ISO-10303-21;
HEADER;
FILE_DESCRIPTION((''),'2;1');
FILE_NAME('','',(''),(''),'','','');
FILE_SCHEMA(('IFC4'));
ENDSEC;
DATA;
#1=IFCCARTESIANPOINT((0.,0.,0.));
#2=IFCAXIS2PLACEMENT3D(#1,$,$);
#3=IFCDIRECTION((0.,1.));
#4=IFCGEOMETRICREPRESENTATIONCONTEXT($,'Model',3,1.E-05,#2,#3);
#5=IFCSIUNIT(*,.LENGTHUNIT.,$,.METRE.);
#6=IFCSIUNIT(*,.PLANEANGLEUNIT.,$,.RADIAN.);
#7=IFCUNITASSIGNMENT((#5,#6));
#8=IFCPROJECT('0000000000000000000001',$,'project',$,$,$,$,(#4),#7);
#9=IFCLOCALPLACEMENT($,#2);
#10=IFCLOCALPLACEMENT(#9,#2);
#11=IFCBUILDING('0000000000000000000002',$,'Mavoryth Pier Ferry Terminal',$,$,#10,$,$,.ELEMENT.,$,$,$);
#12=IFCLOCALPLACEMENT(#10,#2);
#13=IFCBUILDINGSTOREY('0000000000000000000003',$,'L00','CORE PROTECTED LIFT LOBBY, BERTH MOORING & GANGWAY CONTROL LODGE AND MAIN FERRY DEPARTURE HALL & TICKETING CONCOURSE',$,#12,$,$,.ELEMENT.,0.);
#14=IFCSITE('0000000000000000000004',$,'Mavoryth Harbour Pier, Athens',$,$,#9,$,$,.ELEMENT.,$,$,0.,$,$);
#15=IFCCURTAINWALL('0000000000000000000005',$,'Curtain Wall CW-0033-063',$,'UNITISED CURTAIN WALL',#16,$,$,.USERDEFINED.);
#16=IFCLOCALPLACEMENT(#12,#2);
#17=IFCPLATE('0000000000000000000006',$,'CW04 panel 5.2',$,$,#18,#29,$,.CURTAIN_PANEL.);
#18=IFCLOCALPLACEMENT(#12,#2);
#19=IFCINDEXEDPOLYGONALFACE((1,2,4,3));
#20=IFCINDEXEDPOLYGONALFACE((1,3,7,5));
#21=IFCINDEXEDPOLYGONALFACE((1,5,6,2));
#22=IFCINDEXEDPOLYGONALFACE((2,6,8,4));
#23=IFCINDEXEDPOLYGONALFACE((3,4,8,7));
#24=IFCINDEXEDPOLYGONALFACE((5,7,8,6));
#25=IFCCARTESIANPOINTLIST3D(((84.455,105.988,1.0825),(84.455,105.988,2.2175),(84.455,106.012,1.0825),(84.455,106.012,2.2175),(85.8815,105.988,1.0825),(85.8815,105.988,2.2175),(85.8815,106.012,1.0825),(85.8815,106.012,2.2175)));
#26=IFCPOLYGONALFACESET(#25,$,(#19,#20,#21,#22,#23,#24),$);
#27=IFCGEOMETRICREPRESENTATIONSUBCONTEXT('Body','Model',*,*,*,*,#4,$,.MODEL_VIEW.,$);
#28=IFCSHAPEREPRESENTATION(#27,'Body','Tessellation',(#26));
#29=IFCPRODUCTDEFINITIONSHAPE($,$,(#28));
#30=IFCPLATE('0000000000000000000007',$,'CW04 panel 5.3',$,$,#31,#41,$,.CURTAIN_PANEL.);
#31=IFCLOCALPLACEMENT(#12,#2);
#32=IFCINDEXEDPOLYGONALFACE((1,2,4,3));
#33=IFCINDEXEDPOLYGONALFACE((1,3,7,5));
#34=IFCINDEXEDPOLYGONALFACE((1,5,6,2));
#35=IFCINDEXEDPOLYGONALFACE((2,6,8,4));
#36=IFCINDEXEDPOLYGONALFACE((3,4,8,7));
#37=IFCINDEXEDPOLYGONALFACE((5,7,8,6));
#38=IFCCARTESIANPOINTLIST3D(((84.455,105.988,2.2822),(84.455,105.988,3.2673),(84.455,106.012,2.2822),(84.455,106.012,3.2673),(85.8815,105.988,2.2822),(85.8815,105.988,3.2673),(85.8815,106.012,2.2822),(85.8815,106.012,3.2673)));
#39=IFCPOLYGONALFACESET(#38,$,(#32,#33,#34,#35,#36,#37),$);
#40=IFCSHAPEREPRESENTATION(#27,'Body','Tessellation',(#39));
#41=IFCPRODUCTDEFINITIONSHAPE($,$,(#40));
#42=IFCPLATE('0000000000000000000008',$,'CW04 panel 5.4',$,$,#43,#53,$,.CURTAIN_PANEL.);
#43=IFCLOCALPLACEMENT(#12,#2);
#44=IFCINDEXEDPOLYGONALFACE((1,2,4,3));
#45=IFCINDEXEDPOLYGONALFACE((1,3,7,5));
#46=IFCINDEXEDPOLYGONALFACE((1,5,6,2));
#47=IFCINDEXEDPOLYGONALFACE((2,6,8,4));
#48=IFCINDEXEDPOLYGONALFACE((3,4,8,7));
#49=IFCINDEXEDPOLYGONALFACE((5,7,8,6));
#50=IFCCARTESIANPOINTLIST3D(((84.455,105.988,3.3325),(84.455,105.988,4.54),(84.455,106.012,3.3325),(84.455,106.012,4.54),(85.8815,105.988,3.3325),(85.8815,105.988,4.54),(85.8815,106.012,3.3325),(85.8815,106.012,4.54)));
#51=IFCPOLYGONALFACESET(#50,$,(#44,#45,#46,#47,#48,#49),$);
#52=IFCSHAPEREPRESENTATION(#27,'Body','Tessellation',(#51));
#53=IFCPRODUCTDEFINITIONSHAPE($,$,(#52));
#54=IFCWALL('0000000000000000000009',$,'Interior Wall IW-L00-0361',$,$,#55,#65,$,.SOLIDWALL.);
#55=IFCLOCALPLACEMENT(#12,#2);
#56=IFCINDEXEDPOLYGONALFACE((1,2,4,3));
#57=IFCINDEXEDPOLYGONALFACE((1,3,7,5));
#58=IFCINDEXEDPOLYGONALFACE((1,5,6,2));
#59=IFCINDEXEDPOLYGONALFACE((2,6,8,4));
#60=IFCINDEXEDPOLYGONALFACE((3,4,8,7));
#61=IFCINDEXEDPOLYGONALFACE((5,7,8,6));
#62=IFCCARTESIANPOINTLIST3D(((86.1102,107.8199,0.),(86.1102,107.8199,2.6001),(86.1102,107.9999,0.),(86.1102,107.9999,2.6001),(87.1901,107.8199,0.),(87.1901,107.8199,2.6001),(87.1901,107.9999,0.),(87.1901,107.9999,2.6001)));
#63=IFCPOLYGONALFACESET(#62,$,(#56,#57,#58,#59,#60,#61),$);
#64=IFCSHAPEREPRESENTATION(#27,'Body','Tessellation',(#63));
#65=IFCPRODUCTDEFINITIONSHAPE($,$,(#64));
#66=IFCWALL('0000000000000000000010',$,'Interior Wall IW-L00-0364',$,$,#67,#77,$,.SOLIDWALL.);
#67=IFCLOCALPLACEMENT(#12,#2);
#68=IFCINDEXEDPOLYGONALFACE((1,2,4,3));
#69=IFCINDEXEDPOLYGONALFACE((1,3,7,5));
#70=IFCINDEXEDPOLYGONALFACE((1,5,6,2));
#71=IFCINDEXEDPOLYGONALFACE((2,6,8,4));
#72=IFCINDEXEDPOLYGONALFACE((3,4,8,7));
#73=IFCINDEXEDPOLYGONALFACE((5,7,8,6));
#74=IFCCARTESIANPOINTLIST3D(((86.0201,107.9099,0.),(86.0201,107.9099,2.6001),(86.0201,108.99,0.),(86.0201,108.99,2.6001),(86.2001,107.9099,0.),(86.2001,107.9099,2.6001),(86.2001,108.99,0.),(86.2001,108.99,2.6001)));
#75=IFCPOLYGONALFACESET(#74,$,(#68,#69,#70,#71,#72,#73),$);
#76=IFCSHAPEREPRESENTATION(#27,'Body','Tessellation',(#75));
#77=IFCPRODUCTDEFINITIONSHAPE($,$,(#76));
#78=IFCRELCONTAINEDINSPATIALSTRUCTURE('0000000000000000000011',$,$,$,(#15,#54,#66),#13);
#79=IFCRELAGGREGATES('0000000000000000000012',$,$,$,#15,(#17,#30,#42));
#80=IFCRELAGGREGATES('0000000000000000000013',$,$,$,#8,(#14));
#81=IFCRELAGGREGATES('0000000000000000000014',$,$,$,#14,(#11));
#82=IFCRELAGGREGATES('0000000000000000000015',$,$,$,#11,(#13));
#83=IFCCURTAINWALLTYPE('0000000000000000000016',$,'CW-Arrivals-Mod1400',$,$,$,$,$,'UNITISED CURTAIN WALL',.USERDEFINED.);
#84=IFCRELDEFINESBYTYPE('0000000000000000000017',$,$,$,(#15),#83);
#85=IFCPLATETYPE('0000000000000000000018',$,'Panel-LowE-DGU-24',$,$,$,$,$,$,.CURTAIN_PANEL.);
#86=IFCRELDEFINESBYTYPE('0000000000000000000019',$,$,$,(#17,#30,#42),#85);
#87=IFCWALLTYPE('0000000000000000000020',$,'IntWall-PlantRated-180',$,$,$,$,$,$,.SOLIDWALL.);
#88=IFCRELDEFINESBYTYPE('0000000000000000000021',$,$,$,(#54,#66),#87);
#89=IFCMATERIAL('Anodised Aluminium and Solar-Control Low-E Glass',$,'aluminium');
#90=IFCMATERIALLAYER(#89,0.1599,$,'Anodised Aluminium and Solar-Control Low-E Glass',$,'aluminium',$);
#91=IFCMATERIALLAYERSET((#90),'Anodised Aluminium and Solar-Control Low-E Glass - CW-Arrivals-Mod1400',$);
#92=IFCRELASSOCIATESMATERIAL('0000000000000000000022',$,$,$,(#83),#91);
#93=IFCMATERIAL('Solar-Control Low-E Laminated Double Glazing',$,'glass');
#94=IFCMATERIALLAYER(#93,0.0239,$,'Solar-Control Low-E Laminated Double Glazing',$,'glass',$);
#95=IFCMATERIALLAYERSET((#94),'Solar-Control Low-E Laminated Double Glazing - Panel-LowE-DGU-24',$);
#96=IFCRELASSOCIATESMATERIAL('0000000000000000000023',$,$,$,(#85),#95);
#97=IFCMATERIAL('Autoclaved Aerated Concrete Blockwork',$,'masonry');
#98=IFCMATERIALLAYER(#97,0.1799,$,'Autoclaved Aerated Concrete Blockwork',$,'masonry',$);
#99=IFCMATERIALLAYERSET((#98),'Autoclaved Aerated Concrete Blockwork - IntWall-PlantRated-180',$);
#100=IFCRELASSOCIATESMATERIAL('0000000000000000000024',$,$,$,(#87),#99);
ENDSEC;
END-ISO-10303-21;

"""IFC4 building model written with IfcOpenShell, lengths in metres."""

from ifc_helpers import new_model, si_unit, direction, frame, frame_2d, origin, origin_2d, place, context, subcontext, project, spatial, rectangle, extrude, material, layer, layer_set, type_object, element, aggregate, save


model = new_model("IFC4")

# Units and contexts
model_context = context("Model", 3, precision=1e-05, world=origin(), true_north=direction((0.0, 1.0)))
body_context = subcontext(model_context, "Body", "Model", "MODEL_VIEW")
ifc_project = project(units=[si_unit("LENGTHUNIT", "METRE"), si_unit("PLANEANGLEUNIT", "RADIAN")], contexts=[model_context])

# Site, building, storey
site_placement = place(None, origin())
site = spatial("IfcSite", under=ifc_project, at=site_placement, Name="Mavoryth Harbour Pier, Athens", CompositionType="ELEMENT", RefElevation=0.0)
building_placement = place(site_placement, origin())
building = spatial("IfcBuilding", under=site, at=building_placement, Name="Mavoryth Pier Ferry Terminal", CompositionType="ELEMENT")
storey_placement = place(building_placement, origin())
storey = spatial("IfcBuildingStorey", under=building, at=storey_placement, Name="L00", Description="CORE PROTECTED LIFT LOBBY, BERTH MOORING & GANGWAY CONTROL LODGE AND MAIN FERRY DEPARTURE HALL & TICKETING CONCOURSE", CompositionType="ELEMENT", Elevation=0.0)

# Curtain wall, plates
ifc_material_1 = material(Name="Anodised Aluminium and Solar-Control Low-E Glass", Category="aluminium")
ifc_layer_1 = layer(ifc_material_1, 0.1599, Name="Anodised Aluminium and Solar-Control Low-E Glass", Category="aluminium")
ifc_layer_set_1 = layer_set([ifc_layer_1], Name="Anodised Aluminium and Solar-Control Low-E Glass - CW-Arrivals-Mod1400")
curtain_wall_type = type_object("IfcCurtainWallType", Name="CW-Arrivals-Mod1400", ElementType="UNITISED CURTAIN WALL", PredefinedType="USERDEFINED", material=ifc_layer_set_1)
curtain_wall_placement = place(storey_placement, origin())
curtain_wall = element("IfcCurtainWall", 1, at=curtain_wall_placement, inside=storey, type_object=curtain_wall_type, Name="Curtain Wall CW-0033-063", ObjectType="UNITISED CURTAIN WALL", PredefinedType="USERDEFINED")
ifc_material_2 = material(Name="Solar-Control Low-E Laminated Double Glazing", Category="glass")
ifc_layer_2 = layer(ifc_material_2, 0.0239, Name="Solar-Control Low-E Laminated Double Glazing", Category="glass")
ifc_layer_set_2 = layer_set([ifc_layer_2], Name="Solar-Control Low-E Laminated Double Glazing - Panel-LowE-DGU-24")
plate_type = type_object("IfcPlateType", Name="Panel-LowE-DGU-24", PredefinedType="CURTAIN_PANEL", material=ifc_layer_set_2)
plate_1_placement = place(storey_placement, frame((85.1682, 106.0, 1.0825), z_axis=(0.0, 0.0, 1.0), x_axis=(-1.0, 0.0, 0.0)))
plate_1 = element("IfcPlate", 2, at=plate_1_placement, type_object=plate_type, Name="CW04 panel 5.2", PredefinedType="CURTAIN_PANEL", context=body_context, shape_type="SweptSolid", body=[
    extrude(rectangle(XDim=1.4265, YDim=0.0239, at=origin_2d()), origin(), (0.0, 0.0, 1.0), 1.135),
])
plate_2_placement = place(storey_placement, frame((85.1682, 106.0, 2.2822), z_axis=(0.0, 0.0, 1.0), x_axis=(-1.0, 0.0, 0.0)))
plate_2 = element("IfcPlate", 3, at=plate_2_placement, type_object=plate_type, Name="CW04 panel 5.3", PredefinedType="CURTAIN_PANEL", context=body_context, shape_type="SweptSolid", body=[
    extrude(rectangle(XDim=1.4265, YDim=0.0239, at=origin_2d()), origin(), (0.0, 0.0, 1.0), 0.9851),
])
plate_3_placement = place(storey_placement, frame((85.1682, 106.0, 3.3325), z_axis=(0.0, 0.0, 1.0), x_axis=(-1.0, 0.0, 0.0)))
plate_3 = element("IfcPlate", 4, at=plate_3_placement, type_object=plate_type, Name="CW04 panel 5.4", PredefinedType="CURTAIN_PANEL", context=body_context, shape_type="SweptSolid", body=[
    extrude(rectangle(XDim=1.4265, YDim=0.0239, at=origin_2d()), origin(), (0.0, 0.0, 1.0), 1.2075),
])
aggregate(curtain_wall, [plate_1, plate_2, plate_3])

# Walls
ifc_material_3 = material(Name="Autoclaved Aerated Concrete Blockwork", Category="masonry")
ifc_layer_3 = layer(ifc_material_3, 0.1799, Name="Autoclaved Aerated Concrete Blockwork", Category="masonry")
ifc_layer_set_3 = layer_set([ifc_layer_3], Name="Autoclaved Aerated Concrete Blockwork - IntWall-PlantRated-180")
wall_type = type_object("IfcWallType", Name="IntWall-PlantRated-180", PredefinedType="SOLIDWALL", material=ifc_layer_set_3)
wall_1_placement = place(storey_placement, frame((86.1101, 107.9099, 0.0), z_axis=(0.0, 0.0, 1.0), x_axis=(1.0, 0.0, 0.0)))
element("IfcWall", 5, at=wall_1_placement, inside=storey, type_object=wall_type, Name="Interior Wall IW-L00-0361", PredefinedType="SOLIDWALL", context=body_context, shape_type="SweptSolid", body=[
    extrude(rectangle(XDim=1.0798, YDim=0.1799, at=frame_2d((0.54, 0.0))), origin(), (0.0, 0.0, 1.0), 2.6001),
])
wall_2_placement = place(storey_placement, frame((86.1101, 108.99, 0.0), z_axis=(0.0, 0.0, 1.0), x_axis=(0.0, -1.0, 0.0)))
element("IfcWall", 6, at=wall_2_placement, inside=storey, type_object=wall_type, Name="Interior Wall IW-L00-0364", PredefinedType="SOLIDWALL", context=body_context, shape_type="SweptSolid", body=[
    extrude(rectangle(XDim=1.0801, YDim=0.1799, at=frame_2d((0.54, 0.0))), origin(), (0.0, 0.0, 1.0), 2.6001),
])

save(model, "model.ifc")
